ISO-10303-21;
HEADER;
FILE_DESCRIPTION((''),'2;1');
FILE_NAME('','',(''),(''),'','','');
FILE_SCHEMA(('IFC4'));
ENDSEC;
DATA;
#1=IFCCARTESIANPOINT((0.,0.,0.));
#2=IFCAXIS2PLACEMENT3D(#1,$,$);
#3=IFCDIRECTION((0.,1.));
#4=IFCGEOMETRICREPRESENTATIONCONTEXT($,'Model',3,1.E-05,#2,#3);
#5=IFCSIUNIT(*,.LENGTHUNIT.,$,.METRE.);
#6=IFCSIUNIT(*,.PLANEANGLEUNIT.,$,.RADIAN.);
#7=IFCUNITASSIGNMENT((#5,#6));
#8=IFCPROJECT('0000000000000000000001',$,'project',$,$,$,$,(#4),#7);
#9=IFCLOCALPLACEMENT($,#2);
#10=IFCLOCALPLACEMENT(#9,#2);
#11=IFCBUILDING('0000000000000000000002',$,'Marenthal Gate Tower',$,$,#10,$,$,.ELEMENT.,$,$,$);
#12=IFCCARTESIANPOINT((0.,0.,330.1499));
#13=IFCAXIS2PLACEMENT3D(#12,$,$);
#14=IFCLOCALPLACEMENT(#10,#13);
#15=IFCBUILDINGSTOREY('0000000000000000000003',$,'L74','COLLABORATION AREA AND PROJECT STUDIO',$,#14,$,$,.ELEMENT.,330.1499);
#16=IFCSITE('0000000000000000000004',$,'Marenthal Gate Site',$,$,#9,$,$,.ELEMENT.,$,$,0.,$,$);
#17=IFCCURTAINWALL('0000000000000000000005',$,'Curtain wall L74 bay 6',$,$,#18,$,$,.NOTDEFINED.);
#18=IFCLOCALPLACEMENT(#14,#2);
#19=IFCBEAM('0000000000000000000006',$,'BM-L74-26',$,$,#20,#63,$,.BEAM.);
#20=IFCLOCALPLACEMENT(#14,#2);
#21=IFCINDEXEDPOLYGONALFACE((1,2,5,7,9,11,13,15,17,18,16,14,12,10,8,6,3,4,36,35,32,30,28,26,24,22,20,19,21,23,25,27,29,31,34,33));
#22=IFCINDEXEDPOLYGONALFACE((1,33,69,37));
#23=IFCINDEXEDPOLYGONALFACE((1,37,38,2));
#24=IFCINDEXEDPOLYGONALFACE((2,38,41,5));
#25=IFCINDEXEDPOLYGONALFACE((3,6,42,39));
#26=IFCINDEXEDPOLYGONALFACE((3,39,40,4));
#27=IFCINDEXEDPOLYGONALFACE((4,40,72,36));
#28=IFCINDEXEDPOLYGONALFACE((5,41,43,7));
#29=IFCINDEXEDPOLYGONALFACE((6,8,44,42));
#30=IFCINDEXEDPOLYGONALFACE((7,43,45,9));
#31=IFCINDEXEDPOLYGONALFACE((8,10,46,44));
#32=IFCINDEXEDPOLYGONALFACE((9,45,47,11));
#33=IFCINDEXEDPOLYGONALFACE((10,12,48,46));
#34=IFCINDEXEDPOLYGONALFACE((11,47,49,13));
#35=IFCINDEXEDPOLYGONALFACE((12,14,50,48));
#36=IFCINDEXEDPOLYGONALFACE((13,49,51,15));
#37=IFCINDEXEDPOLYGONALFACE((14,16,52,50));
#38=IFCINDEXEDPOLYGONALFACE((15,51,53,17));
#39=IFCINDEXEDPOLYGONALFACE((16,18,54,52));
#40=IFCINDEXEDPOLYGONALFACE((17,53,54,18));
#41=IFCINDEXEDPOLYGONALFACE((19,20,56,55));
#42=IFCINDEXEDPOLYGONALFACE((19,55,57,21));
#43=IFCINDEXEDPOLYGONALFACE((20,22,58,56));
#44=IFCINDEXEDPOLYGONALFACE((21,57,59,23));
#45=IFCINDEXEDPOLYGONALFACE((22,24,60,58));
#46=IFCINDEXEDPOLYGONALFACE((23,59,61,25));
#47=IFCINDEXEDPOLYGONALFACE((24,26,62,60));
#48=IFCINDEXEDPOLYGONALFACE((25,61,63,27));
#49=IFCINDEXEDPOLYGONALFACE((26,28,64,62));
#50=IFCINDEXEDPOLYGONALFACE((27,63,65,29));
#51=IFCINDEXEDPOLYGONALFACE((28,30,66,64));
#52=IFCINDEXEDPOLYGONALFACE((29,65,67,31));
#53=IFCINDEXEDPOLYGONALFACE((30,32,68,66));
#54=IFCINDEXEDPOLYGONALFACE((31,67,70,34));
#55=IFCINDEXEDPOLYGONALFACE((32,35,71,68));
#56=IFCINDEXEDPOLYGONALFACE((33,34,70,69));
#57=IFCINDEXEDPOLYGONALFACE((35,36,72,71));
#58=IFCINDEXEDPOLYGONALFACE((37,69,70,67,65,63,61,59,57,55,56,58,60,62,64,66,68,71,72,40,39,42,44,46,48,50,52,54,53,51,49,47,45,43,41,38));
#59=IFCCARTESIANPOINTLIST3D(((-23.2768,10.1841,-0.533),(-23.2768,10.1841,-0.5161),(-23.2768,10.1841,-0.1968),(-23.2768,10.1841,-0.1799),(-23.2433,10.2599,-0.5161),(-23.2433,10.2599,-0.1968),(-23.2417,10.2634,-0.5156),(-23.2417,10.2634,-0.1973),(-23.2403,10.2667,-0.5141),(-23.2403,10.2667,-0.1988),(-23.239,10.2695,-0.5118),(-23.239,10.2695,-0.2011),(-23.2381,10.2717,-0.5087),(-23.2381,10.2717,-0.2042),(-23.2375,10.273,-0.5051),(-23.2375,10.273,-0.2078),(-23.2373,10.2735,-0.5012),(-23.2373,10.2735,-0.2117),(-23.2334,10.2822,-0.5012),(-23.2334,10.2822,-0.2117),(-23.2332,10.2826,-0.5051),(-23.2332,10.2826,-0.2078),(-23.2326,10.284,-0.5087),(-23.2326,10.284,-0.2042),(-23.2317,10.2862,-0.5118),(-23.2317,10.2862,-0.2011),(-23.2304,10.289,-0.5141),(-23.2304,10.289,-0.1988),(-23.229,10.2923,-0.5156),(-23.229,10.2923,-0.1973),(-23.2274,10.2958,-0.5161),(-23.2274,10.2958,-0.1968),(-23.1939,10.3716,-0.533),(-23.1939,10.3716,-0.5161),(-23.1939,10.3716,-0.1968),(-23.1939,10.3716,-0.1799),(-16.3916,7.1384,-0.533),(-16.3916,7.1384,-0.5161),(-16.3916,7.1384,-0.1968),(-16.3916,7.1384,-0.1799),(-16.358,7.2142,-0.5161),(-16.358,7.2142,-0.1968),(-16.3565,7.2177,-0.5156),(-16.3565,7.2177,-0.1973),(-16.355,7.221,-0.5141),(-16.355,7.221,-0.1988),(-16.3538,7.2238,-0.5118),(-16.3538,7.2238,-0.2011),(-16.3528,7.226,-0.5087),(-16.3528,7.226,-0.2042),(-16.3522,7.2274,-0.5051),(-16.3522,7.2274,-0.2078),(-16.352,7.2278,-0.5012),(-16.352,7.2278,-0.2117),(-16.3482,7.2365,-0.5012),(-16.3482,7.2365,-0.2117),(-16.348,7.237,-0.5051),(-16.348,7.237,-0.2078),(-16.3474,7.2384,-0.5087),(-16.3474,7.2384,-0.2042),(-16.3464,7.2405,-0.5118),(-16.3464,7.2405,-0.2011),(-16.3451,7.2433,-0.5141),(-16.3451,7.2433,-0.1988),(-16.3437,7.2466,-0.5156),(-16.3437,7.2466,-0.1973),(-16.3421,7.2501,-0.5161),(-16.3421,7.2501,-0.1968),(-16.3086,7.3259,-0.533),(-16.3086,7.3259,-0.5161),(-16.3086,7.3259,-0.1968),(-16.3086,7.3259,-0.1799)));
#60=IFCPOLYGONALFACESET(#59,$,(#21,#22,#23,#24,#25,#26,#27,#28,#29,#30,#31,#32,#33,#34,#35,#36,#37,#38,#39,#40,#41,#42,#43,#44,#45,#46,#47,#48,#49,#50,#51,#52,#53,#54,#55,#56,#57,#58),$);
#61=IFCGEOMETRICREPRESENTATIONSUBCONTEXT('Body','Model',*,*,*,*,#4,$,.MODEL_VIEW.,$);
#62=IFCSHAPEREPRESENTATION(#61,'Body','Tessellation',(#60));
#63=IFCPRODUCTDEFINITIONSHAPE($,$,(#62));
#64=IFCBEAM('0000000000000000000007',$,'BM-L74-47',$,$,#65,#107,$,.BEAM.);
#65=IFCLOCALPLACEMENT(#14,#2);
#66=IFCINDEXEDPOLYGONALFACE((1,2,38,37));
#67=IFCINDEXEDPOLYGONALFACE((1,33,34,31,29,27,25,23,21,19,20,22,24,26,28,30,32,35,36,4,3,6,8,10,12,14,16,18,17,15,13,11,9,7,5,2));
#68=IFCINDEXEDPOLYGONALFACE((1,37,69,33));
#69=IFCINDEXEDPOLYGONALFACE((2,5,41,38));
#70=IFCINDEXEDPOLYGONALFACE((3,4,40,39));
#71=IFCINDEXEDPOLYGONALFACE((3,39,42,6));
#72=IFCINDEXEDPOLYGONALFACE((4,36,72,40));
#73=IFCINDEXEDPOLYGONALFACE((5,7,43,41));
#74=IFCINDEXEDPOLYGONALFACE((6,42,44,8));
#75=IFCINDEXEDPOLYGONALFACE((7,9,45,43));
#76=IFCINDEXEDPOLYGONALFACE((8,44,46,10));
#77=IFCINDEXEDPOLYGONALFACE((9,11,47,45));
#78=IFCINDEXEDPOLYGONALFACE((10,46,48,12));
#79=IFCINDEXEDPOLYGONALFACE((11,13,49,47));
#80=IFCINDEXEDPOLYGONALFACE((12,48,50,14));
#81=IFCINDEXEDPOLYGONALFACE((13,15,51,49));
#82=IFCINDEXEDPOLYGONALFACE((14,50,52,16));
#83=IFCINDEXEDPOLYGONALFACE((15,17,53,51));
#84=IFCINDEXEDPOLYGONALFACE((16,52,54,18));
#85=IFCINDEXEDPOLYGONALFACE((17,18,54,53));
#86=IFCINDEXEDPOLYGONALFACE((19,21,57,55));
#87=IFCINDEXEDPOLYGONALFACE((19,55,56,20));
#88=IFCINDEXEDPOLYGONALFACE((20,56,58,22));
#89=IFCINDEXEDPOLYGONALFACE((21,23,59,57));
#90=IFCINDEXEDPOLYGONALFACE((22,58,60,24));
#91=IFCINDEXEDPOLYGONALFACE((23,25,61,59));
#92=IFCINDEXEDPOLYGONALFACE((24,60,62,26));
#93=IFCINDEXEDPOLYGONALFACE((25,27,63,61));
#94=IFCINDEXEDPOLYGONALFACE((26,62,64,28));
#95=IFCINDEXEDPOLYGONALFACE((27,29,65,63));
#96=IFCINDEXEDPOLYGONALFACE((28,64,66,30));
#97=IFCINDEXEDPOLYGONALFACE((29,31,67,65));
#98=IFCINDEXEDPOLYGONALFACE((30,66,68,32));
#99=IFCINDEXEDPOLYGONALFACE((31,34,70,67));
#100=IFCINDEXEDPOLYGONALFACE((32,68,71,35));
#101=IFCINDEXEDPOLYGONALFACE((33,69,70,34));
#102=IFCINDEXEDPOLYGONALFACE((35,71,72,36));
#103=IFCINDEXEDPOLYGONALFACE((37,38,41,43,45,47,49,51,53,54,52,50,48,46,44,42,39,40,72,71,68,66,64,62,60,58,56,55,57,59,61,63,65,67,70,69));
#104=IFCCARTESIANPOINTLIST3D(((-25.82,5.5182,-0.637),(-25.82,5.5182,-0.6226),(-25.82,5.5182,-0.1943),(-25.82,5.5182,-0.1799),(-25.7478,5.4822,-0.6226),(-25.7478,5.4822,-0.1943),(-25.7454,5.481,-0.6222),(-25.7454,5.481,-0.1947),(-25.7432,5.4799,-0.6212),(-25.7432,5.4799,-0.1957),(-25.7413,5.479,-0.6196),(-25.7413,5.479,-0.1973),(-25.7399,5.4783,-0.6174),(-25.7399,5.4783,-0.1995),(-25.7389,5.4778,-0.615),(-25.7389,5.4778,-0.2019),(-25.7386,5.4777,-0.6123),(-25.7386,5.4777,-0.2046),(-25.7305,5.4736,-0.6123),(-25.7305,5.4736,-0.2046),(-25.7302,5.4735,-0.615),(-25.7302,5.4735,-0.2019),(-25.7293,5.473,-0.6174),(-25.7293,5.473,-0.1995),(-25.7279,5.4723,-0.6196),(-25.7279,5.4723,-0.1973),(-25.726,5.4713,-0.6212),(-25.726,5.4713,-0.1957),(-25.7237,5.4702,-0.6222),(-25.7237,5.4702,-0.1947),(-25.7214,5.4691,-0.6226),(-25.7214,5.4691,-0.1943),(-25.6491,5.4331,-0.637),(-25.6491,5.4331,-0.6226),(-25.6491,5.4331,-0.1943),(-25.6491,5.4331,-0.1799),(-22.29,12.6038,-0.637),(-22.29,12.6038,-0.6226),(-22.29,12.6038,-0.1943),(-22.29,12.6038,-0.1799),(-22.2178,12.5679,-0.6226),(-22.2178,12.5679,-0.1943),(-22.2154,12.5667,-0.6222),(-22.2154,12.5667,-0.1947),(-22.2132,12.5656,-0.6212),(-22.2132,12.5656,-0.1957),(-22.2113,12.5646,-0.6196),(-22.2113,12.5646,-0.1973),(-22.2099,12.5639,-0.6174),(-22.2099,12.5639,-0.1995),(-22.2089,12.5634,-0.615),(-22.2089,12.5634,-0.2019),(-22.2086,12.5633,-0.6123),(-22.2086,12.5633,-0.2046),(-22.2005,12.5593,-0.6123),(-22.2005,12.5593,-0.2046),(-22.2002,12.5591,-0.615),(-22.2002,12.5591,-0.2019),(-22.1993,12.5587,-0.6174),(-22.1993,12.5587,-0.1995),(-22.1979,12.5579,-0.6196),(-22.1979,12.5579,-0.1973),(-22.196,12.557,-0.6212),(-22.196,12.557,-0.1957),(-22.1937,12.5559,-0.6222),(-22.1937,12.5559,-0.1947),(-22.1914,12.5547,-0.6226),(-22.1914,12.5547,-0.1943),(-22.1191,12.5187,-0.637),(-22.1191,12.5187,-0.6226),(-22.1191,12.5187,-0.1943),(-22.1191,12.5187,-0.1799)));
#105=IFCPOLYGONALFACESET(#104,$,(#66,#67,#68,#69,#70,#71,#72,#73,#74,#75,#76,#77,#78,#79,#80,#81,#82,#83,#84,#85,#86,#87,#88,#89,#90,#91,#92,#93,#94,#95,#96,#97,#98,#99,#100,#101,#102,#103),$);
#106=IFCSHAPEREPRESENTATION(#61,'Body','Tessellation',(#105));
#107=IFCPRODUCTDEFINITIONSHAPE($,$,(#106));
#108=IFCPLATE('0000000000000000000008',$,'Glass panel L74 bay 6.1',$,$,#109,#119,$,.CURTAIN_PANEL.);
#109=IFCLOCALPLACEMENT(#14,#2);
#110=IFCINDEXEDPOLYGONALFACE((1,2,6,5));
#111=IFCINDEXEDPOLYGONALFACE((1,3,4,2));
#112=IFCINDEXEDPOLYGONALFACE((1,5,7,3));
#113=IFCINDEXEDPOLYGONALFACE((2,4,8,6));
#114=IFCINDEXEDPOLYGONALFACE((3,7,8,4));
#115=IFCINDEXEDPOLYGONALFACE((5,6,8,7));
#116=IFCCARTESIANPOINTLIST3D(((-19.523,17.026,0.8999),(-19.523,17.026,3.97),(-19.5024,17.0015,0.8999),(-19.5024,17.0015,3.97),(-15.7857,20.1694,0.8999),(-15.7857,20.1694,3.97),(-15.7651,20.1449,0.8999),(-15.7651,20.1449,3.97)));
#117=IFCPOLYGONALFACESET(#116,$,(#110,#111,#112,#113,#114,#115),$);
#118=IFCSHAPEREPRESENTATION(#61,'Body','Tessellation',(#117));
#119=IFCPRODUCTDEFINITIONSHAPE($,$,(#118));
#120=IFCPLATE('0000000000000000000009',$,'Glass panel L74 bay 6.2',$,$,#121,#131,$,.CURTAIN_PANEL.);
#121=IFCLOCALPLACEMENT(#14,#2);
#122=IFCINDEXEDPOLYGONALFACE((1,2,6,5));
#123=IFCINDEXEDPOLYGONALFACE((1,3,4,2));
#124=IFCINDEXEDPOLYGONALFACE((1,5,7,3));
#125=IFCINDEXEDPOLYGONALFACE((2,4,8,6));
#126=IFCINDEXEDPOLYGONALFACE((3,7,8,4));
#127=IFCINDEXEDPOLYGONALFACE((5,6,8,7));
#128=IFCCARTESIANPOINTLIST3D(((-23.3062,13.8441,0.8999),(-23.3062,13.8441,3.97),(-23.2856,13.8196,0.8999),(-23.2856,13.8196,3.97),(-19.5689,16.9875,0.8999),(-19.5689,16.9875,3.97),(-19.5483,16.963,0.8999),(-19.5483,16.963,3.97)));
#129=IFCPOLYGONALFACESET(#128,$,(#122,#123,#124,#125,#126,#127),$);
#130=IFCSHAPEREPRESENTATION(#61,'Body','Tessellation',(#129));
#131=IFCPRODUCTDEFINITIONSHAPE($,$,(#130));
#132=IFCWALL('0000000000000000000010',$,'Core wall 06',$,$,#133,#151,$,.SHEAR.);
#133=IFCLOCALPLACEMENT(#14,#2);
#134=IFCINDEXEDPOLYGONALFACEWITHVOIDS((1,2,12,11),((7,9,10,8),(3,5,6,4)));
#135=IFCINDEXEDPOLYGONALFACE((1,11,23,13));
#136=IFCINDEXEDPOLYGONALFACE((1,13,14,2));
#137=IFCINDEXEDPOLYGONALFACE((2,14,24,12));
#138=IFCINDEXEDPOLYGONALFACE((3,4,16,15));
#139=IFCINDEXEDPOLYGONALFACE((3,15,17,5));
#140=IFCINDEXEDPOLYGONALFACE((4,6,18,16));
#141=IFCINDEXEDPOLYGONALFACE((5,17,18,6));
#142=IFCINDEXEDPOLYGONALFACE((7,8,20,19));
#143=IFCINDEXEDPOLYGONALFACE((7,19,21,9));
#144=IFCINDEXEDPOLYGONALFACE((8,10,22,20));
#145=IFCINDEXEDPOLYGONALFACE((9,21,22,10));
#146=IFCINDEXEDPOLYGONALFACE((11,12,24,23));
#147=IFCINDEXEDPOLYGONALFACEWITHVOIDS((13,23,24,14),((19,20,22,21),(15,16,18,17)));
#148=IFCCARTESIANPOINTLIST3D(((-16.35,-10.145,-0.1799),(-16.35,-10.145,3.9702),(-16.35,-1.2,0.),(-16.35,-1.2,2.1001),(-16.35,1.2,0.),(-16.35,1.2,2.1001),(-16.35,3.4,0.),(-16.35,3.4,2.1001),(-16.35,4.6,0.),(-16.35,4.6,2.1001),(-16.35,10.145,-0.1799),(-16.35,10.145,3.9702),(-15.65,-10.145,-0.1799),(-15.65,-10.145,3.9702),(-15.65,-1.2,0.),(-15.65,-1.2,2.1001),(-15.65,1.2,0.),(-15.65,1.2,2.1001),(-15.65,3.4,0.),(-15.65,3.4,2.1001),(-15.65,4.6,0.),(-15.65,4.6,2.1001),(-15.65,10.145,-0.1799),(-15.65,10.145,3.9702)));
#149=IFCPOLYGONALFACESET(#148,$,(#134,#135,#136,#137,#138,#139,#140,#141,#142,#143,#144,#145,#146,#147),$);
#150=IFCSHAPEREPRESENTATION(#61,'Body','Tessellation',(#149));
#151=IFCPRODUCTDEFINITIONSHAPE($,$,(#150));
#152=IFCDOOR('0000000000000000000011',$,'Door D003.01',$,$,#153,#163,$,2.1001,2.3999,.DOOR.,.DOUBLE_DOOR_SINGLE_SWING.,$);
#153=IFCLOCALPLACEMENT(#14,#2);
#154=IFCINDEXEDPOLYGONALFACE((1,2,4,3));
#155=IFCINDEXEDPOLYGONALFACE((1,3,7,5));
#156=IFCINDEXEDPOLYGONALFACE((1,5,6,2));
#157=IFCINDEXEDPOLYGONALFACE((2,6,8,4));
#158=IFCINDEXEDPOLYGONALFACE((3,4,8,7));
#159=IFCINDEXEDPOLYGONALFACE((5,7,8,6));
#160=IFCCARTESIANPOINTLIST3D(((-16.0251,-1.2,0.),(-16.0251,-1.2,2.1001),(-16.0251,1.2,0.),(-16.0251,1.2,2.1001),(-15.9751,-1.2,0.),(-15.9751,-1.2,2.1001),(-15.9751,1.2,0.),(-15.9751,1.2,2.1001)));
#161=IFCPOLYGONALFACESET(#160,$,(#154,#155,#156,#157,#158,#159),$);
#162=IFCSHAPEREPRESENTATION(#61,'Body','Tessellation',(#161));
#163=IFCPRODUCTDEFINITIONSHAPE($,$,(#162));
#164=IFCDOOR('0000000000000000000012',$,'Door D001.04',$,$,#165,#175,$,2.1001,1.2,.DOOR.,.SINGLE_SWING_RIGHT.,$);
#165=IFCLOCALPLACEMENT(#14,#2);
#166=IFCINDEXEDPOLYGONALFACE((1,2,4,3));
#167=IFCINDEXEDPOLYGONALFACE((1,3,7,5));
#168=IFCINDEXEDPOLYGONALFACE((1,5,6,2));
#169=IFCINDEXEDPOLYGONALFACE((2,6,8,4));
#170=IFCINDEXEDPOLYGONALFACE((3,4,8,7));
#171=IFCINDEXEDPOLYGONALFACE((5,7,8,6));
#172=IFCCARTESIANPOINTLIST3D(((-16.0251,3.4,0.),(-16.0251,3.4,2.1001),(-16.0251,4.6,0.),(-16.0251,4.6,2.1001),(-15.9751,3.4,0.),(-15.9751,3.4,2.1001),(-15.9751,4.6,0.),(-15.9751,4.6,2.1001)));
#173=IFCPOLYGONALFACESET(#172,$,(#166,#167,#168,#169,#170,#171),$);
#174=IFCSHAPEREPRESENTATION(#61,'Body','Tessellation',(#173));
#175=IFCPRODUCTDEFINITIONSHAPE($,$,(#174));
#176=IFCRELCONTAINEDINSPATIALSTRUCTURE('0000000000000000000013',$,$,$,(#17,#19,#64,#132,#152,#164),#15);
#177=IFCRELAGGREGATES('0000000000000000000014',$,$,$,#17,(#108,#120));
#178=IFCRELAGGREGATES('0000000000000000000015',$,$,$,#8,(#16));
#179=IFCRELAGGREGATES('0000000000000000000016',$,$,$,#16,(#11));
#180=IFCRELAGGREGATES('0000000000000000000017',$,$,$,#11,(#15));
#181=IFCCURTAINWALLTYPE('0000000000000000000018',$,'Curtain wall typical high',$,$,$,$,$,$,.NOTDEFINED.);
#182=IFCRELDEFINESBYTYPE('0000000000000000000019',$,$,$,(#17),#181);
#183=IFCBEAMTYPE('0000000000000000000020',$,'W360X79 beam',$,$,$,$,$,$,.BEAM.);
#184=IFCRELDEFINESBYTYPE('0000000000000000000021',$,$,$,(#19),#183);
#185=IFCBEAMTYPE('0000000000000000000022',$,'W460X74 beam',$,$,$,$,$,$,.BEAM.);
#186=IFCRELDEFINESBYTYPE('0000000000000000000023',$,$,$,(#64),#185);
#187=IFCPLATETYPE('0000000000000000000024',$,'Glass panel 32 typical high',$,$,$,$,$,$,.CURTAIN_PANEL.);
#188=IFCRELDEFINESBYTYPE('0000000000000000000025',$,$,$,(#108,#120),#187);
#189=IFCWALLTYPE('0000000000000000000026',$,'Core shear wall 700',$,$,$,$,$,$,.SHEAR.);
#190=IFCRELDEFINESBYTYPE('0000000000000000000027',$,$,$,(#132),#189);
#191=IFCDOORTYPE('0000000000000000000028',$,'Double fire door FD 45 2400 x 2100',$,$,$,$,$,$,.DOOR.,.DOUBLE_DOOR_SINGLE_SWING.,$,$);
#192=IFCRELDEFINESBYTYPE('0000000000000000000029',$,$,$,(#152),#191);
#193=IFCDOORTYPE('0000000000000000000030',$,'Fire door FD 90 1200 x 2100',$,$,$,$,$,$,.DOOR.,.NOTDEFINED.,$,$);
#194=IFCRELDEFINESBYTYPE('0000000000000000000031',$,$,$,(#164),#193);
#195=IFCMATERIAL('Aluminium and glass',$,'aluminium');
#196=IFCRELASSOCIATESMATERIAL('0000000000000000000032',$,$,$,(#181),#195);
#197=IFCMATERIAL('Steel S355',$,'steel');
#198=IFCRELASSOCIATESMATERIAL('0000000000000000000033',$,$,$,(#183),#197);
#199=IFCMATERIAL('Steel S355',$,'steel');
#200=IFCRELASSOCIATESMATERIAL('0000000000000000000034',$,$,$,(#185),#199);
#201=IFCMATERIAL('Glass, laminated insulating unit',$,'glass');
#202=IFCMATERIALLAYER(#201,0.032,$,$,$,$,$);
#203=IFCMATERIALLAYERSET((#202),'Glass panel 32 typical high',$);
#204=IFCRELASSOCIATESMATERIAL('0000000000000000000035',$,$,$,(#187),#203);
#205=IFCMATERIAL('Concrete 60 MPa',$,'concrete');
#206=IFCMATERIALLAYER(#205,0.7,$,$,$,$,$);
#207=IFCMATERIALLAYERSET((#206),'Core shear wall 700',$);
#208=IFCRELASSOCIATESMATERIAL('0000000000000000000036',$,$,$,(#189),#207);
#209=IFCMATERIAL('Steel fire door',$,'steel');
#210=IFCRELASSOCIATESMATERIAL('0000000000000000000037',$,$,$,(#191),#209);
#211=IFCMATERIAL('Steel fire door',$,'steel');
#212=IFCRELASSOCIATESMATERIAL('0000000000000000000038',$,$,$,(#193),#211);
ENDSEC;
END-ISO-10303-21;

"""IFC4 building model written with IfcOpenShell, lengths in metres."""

from ifc_helpers import new_model, si_unit, direction, frame, frame_2d, origin, origin_2d, place, context, subcontext, project, spatial, rectangle, i_section, extrude, material, layer, layer_set, material_profile, profile_set, type_object, element, fill, aggregate, save


model = new_model("IFC4")

# Units and contexts
model_context = context("Model", 3, precision=1e-05, world=origin(), true_north=direction((0.0, 1.0)))
body_context = subcontext(model_context, "Body", "Model", "MODEL_VIEW")
ifc_project = project(units=[si_unit("LENGTHUNIT", "METRE"), si_unit("PLANEANGLEUNIT", "RADIAN")], contexts=[model_context])

# Site, building, storey
site_placement = place(None, origin())
site = spatial("IfcSite", under=ifc_project, at=site_placement, Name="Marenthal Gate Site", CompositionType="ELEMENT", RefElevation=0.0)
building_placement = place(site_placement, origin())
building = spatial("IfcBuilding", under=site, at=building_placement, Name="Marenthal Gate Tower", CompositionType="ELEMENT")
storey_placement = place(building_placement, frame((0.0, 0.0, 330.1499)))
storey = spatial("IfcBuildingStorey", under=building, at=storey_placement, Name="L74", Description="COLLABORATION AREA AND PROJECT STUDIO", CompositionType="ELEMENT", Elevation=330.1499)

# Curtain wall
ifc_material_1 = material(Name="Aluminium and glass", Category="aluminium")
curtain_wall_type = type_object("IfcCurtainWallType", Name="Curtain wall typical high", PredefinedType="NOTDEFINED", material=ifc_material_1)
curtain_wall_placement = place(storey_placement, origin())
curtain_wall = element("IfcCurtainWall", 1, at=curtain_wall_placement, inside=storey, type_object=curtain_wall_type, Name="Curtain wall L74 bay 6", PredefinedType="NOTDEFINED")

# Beams
ifc_material_2 = material(Name="Steel S355", Category="steel")
ifc_material_profile_1 = material_profile(ifc_material_2, i_section(OverallWidth=0.2051, OverallDepth=0.353, WebThickness=0.0095, FlangeThickness=0.0168, FilletRadius=0.0149, at=origin_2d()), Name="W360X79")
ifc_profile_set_1 = profile_set([ifc_material_profile_1], Name="Steel S355")
beam_type_1 = type_object("IfcBeamType", Name="W360X79 beam", PredefinedType="BEAM", material=ifc_profile_set_1)
beam_1_placement = place(storey_placement, frame((-23.2354, 10.2778, -0.3564), z_axis=(0.914523, -0.404534, 0.0), x_axis=(0.404534, 0.914523, 0.0)))
element("IfcBeam", 2, at=beam_1_placement, inside=storey, type_object=beam_type_1, Name="BM-L74-26", PredefinedType="BEAM", context=body_context, shape_type="SweptSolid", body=[
    extrude(i_section(OverallWidth=0.2051, OverallDepth=0.353, WebThickness=0.0095, FlangeThickness=0.0168, FilletRadius=0.0149, at=origin_2d()), origin(), (0.0, 0.0, 1.0), 7.5288),
])
ifc_material_3 = material(Name="Steel S355", Category="steel")
ifc_material_profile_2 = material_profile(ifc_material_3, i_section(OverallWidth=0.1909, OverallDepth=0.457, WebThickness=0.009, FlangeThickness=0.0144, FilletRadius=0.0103, at=origin_2d()), Name="W460X74")
ifc_profile_set_2 = profile_set([ifc_material_profile_2], Name="Steel S355")
beam_type_2 = type_object("IfcBeamType", Name="W460X74 beam", PredefinedType="BEAM", material=ifc_profile_set_2)
beam_2_placement = place(storey_placement, frame((-22.2046, 12.5613, -0.4084), z_axis=(-0.445918, -0.895074, 0.0), x_axis=(0.895074, -0.445918, 0.0)))
element("IfcBeam", 3, at=beam_2_placement, inside=storey, type_object=beam_type_2, Name="BM-L74-47", PredefinedType="BEAM", context=body_context, shape_type="SweptSolid", body=[
    extrude(i_section(OverallWidth=0.1909, OverallDepth=0.457, WebThickness=0.009, FlangeThickness=0.0144, FilletRadius=0.0103, at=origin_2d()), origin(), (0.0, 0.0, 1.0), 7.9163),
])

# Plates
ifc_material_4 = material(Name="Glass, laminated insulating unit", Category="glass")
ifc_layer_1 = layer(ifc_material_4, 0.032)
ifc_layer_set_1 = layer_set([ifc_layer_1], Name="Glass panel 32 typical high")
plate_type = type_object("IfcPlateType", Name="Glass panel 32 typical high", PredefinedType="CURTAIN_PANEL", material=ifc_layer_set_1)
plate_1_placement = place(storey_placement, frame((-17.644, 18.5854, 0.8999), z_axis=(0.0, 0.0, 1.0), x_axis=(-0.765298, -0.643676, 0.0)))
plate_1 = element("IfcPlate", 4, at=plate_1_placement, type_object=plate_type, Name="Glass panel L74 bay 6.1", PredefinedType="CURTAIN_PANEL", context=body_context, shape_type="SweptSolid", body=[
    extrude(rectangle(XDim=4.8835, YDim=0.032, at=origin_2d()), origin(), (0.0, 0.0, 1.0), 3.0701),
])
plate_2_placement = place(storey_placement, frame((-21.4272, 15.4036, 0.8999), z_axis=(0.0, 0.0, 1.0), x_axis=(-0.765298, -0.643676, 0.0)))
plate_2 = element("IfcPlate", 5, at=plate_2_placement, type_object=plate_type, Name="Glass panel L74 bay 6.2", PredefinedType="CURTAIN_PANEL", context=body_context, shape_type="SweptSolid", body=[
    extrude(rectangle(XDim=4.8835, YDim=0.032, at=origin_2d()), origin(), (0.0, 0.0, 1.0), 3.0701),
])
aggregate(curtain_wall, [plate_1, plate_2])

# Wall, openings, doors
ifc_material_5 = material(Name="Concrete 60 MPa", Category="concrete")
ifc_layer_2 = layer(ifc_material_5, 0.7)
ifc_layer_set_2 = layer_set([ifc_layer_2], Name="Core shear wall 700")
wall_type_1 = type_object("IfcWallType", Name="Core shear wall 700", PredefinedType="SHEAR", material=ifc_layer_set_2)
wall_1_placement = place(storey_placement, frame((-16.0, 10.145, -0.1799), z_axis=(0.0, 0.0, 1.0), x_axis=(0.0, -1.0, 0.0)))
wall_1 = element("IfcWall", 6, at=wall_1_placement, inside=storey, type_object=wall_type_1, Name="Core wall 06", PredefinedType="SHEAR", context=body_context, shape_type="SweptSolid", body=[
    extrude(rectangle(XDim=20.29, YDim=0.7, at=frame_2d((10.145, 0.0))), origin(), (0.0, 0.0, 1.0), 4.1501),
])
opening_1_placement = place(wall_1_placement, frame((8.9451, 0.0, 0.1799)))
opening_1 = element("IfcOpeningElement", 7, at=opening_1_placement, cuts=wall_1, PredefinedType="OPENING", context=body_context, shape_type="SweptSolid", body=[
    extrude(rectangle(XDim=2.3999, YDim=2.1001, at=frame_2d((1.2, 1.05))), frame((0.0, 0.3599, 0.0), z_axis=(0.0, -1.0, 0.0), x_axis=(1.0, 0.0, 0.0)), (0.0, 0.0, 1.0), 0.72),
])
opening_2_placement = place(wall_1_placement, frame((5.5449, 0.0, 0.1799)))
opening_2 = element("IfcOpeningElement", 8, at=opening_2_placement, cuts=wall_1, PredefinedType="OPENING", context=body_context, shape_type="SweptSolid", body=[
    extrude(rectangle(XDim=1.2, YDim=2.1001, at=frame_2d((0.6001, 1.05))), frame((0.0, 0.3599, 0.0), z_axis=(0.0, -1.0, 0.0), x_axis=(1.0, 0.0, 0.0)), (0.0, 0.0, 1.0), 0.72),
])
ifc_material_6 = material(Name="Steel fire door", Category="steel")
door_type_1 = type_object("IfcDoorType", Name="Double fire door FD 45 2400 x 2100", OperationType="DOUBLE_DOOR_SINGLE_SWING", PredefinedType="DOOR", material=ifc_material_6)
door_1_placement = place(opening_1_placement, origin())
door_1 = element("IfcDoor", 9, at=door_1_placement, inside=storey, type_object=door_type_1, Name="Door D003.01", OperationType="DOUBLE_DOOR_SINGLE_SWING", OverallHeight=2.1001, OverallWidth=2.3999, PredefinedType="DOOR", context=body_context, shape_type="SweptSolid", body=[
    extrude(rectangle(XDim=2.3999, YDim=2.1001, at=frame_2d((1.2, 1.05))), frame((0.0, 0.0249, 0.0), z_axis=(0.0, -1.0, 0.0), x_axis=(1.0, 0.0, 0.0)), (0.0, 0.0, 1.0), 0.05),
])
fill(opening_1, door_1)
ifc_material_7 = material(Name="Steel fire door", Category="steel")
door_type_2 = type_object("IfcDoorType", Name="Fire door FD 90 1200 x 2100", OperationType="NOTDEFINED", PredefinedType="DOOR", material=ifc_material_7)
door_2_placement = place(opening_2_placement, origin())
door_2 = element("IfcDoor", 10, at=door_2_placement, inside=storey, type_object=door_type_2, Name="Door D001.04", OperationType="SINGLE_SWING_RIGHT", OverallHeight=2.1001, OverallWidth=1.2, PredefinedType="DOOR", context=body_context, shape_type="SweptSolid", body=[
    extrude(rectangle(XDim=1.2, YDim=2.1001, at=frame_2d((0.6001, 1.05))), frame((0.0, 0.0249, 0.0), z_axis=(0.0, -1.0, 0.0), x_axis=(1.0, 0.0, 0.0)), (0.0, 0.0, 1.0), 0.05),
])
fill(opening_2, door_2)

save(model, "model.ifc")
